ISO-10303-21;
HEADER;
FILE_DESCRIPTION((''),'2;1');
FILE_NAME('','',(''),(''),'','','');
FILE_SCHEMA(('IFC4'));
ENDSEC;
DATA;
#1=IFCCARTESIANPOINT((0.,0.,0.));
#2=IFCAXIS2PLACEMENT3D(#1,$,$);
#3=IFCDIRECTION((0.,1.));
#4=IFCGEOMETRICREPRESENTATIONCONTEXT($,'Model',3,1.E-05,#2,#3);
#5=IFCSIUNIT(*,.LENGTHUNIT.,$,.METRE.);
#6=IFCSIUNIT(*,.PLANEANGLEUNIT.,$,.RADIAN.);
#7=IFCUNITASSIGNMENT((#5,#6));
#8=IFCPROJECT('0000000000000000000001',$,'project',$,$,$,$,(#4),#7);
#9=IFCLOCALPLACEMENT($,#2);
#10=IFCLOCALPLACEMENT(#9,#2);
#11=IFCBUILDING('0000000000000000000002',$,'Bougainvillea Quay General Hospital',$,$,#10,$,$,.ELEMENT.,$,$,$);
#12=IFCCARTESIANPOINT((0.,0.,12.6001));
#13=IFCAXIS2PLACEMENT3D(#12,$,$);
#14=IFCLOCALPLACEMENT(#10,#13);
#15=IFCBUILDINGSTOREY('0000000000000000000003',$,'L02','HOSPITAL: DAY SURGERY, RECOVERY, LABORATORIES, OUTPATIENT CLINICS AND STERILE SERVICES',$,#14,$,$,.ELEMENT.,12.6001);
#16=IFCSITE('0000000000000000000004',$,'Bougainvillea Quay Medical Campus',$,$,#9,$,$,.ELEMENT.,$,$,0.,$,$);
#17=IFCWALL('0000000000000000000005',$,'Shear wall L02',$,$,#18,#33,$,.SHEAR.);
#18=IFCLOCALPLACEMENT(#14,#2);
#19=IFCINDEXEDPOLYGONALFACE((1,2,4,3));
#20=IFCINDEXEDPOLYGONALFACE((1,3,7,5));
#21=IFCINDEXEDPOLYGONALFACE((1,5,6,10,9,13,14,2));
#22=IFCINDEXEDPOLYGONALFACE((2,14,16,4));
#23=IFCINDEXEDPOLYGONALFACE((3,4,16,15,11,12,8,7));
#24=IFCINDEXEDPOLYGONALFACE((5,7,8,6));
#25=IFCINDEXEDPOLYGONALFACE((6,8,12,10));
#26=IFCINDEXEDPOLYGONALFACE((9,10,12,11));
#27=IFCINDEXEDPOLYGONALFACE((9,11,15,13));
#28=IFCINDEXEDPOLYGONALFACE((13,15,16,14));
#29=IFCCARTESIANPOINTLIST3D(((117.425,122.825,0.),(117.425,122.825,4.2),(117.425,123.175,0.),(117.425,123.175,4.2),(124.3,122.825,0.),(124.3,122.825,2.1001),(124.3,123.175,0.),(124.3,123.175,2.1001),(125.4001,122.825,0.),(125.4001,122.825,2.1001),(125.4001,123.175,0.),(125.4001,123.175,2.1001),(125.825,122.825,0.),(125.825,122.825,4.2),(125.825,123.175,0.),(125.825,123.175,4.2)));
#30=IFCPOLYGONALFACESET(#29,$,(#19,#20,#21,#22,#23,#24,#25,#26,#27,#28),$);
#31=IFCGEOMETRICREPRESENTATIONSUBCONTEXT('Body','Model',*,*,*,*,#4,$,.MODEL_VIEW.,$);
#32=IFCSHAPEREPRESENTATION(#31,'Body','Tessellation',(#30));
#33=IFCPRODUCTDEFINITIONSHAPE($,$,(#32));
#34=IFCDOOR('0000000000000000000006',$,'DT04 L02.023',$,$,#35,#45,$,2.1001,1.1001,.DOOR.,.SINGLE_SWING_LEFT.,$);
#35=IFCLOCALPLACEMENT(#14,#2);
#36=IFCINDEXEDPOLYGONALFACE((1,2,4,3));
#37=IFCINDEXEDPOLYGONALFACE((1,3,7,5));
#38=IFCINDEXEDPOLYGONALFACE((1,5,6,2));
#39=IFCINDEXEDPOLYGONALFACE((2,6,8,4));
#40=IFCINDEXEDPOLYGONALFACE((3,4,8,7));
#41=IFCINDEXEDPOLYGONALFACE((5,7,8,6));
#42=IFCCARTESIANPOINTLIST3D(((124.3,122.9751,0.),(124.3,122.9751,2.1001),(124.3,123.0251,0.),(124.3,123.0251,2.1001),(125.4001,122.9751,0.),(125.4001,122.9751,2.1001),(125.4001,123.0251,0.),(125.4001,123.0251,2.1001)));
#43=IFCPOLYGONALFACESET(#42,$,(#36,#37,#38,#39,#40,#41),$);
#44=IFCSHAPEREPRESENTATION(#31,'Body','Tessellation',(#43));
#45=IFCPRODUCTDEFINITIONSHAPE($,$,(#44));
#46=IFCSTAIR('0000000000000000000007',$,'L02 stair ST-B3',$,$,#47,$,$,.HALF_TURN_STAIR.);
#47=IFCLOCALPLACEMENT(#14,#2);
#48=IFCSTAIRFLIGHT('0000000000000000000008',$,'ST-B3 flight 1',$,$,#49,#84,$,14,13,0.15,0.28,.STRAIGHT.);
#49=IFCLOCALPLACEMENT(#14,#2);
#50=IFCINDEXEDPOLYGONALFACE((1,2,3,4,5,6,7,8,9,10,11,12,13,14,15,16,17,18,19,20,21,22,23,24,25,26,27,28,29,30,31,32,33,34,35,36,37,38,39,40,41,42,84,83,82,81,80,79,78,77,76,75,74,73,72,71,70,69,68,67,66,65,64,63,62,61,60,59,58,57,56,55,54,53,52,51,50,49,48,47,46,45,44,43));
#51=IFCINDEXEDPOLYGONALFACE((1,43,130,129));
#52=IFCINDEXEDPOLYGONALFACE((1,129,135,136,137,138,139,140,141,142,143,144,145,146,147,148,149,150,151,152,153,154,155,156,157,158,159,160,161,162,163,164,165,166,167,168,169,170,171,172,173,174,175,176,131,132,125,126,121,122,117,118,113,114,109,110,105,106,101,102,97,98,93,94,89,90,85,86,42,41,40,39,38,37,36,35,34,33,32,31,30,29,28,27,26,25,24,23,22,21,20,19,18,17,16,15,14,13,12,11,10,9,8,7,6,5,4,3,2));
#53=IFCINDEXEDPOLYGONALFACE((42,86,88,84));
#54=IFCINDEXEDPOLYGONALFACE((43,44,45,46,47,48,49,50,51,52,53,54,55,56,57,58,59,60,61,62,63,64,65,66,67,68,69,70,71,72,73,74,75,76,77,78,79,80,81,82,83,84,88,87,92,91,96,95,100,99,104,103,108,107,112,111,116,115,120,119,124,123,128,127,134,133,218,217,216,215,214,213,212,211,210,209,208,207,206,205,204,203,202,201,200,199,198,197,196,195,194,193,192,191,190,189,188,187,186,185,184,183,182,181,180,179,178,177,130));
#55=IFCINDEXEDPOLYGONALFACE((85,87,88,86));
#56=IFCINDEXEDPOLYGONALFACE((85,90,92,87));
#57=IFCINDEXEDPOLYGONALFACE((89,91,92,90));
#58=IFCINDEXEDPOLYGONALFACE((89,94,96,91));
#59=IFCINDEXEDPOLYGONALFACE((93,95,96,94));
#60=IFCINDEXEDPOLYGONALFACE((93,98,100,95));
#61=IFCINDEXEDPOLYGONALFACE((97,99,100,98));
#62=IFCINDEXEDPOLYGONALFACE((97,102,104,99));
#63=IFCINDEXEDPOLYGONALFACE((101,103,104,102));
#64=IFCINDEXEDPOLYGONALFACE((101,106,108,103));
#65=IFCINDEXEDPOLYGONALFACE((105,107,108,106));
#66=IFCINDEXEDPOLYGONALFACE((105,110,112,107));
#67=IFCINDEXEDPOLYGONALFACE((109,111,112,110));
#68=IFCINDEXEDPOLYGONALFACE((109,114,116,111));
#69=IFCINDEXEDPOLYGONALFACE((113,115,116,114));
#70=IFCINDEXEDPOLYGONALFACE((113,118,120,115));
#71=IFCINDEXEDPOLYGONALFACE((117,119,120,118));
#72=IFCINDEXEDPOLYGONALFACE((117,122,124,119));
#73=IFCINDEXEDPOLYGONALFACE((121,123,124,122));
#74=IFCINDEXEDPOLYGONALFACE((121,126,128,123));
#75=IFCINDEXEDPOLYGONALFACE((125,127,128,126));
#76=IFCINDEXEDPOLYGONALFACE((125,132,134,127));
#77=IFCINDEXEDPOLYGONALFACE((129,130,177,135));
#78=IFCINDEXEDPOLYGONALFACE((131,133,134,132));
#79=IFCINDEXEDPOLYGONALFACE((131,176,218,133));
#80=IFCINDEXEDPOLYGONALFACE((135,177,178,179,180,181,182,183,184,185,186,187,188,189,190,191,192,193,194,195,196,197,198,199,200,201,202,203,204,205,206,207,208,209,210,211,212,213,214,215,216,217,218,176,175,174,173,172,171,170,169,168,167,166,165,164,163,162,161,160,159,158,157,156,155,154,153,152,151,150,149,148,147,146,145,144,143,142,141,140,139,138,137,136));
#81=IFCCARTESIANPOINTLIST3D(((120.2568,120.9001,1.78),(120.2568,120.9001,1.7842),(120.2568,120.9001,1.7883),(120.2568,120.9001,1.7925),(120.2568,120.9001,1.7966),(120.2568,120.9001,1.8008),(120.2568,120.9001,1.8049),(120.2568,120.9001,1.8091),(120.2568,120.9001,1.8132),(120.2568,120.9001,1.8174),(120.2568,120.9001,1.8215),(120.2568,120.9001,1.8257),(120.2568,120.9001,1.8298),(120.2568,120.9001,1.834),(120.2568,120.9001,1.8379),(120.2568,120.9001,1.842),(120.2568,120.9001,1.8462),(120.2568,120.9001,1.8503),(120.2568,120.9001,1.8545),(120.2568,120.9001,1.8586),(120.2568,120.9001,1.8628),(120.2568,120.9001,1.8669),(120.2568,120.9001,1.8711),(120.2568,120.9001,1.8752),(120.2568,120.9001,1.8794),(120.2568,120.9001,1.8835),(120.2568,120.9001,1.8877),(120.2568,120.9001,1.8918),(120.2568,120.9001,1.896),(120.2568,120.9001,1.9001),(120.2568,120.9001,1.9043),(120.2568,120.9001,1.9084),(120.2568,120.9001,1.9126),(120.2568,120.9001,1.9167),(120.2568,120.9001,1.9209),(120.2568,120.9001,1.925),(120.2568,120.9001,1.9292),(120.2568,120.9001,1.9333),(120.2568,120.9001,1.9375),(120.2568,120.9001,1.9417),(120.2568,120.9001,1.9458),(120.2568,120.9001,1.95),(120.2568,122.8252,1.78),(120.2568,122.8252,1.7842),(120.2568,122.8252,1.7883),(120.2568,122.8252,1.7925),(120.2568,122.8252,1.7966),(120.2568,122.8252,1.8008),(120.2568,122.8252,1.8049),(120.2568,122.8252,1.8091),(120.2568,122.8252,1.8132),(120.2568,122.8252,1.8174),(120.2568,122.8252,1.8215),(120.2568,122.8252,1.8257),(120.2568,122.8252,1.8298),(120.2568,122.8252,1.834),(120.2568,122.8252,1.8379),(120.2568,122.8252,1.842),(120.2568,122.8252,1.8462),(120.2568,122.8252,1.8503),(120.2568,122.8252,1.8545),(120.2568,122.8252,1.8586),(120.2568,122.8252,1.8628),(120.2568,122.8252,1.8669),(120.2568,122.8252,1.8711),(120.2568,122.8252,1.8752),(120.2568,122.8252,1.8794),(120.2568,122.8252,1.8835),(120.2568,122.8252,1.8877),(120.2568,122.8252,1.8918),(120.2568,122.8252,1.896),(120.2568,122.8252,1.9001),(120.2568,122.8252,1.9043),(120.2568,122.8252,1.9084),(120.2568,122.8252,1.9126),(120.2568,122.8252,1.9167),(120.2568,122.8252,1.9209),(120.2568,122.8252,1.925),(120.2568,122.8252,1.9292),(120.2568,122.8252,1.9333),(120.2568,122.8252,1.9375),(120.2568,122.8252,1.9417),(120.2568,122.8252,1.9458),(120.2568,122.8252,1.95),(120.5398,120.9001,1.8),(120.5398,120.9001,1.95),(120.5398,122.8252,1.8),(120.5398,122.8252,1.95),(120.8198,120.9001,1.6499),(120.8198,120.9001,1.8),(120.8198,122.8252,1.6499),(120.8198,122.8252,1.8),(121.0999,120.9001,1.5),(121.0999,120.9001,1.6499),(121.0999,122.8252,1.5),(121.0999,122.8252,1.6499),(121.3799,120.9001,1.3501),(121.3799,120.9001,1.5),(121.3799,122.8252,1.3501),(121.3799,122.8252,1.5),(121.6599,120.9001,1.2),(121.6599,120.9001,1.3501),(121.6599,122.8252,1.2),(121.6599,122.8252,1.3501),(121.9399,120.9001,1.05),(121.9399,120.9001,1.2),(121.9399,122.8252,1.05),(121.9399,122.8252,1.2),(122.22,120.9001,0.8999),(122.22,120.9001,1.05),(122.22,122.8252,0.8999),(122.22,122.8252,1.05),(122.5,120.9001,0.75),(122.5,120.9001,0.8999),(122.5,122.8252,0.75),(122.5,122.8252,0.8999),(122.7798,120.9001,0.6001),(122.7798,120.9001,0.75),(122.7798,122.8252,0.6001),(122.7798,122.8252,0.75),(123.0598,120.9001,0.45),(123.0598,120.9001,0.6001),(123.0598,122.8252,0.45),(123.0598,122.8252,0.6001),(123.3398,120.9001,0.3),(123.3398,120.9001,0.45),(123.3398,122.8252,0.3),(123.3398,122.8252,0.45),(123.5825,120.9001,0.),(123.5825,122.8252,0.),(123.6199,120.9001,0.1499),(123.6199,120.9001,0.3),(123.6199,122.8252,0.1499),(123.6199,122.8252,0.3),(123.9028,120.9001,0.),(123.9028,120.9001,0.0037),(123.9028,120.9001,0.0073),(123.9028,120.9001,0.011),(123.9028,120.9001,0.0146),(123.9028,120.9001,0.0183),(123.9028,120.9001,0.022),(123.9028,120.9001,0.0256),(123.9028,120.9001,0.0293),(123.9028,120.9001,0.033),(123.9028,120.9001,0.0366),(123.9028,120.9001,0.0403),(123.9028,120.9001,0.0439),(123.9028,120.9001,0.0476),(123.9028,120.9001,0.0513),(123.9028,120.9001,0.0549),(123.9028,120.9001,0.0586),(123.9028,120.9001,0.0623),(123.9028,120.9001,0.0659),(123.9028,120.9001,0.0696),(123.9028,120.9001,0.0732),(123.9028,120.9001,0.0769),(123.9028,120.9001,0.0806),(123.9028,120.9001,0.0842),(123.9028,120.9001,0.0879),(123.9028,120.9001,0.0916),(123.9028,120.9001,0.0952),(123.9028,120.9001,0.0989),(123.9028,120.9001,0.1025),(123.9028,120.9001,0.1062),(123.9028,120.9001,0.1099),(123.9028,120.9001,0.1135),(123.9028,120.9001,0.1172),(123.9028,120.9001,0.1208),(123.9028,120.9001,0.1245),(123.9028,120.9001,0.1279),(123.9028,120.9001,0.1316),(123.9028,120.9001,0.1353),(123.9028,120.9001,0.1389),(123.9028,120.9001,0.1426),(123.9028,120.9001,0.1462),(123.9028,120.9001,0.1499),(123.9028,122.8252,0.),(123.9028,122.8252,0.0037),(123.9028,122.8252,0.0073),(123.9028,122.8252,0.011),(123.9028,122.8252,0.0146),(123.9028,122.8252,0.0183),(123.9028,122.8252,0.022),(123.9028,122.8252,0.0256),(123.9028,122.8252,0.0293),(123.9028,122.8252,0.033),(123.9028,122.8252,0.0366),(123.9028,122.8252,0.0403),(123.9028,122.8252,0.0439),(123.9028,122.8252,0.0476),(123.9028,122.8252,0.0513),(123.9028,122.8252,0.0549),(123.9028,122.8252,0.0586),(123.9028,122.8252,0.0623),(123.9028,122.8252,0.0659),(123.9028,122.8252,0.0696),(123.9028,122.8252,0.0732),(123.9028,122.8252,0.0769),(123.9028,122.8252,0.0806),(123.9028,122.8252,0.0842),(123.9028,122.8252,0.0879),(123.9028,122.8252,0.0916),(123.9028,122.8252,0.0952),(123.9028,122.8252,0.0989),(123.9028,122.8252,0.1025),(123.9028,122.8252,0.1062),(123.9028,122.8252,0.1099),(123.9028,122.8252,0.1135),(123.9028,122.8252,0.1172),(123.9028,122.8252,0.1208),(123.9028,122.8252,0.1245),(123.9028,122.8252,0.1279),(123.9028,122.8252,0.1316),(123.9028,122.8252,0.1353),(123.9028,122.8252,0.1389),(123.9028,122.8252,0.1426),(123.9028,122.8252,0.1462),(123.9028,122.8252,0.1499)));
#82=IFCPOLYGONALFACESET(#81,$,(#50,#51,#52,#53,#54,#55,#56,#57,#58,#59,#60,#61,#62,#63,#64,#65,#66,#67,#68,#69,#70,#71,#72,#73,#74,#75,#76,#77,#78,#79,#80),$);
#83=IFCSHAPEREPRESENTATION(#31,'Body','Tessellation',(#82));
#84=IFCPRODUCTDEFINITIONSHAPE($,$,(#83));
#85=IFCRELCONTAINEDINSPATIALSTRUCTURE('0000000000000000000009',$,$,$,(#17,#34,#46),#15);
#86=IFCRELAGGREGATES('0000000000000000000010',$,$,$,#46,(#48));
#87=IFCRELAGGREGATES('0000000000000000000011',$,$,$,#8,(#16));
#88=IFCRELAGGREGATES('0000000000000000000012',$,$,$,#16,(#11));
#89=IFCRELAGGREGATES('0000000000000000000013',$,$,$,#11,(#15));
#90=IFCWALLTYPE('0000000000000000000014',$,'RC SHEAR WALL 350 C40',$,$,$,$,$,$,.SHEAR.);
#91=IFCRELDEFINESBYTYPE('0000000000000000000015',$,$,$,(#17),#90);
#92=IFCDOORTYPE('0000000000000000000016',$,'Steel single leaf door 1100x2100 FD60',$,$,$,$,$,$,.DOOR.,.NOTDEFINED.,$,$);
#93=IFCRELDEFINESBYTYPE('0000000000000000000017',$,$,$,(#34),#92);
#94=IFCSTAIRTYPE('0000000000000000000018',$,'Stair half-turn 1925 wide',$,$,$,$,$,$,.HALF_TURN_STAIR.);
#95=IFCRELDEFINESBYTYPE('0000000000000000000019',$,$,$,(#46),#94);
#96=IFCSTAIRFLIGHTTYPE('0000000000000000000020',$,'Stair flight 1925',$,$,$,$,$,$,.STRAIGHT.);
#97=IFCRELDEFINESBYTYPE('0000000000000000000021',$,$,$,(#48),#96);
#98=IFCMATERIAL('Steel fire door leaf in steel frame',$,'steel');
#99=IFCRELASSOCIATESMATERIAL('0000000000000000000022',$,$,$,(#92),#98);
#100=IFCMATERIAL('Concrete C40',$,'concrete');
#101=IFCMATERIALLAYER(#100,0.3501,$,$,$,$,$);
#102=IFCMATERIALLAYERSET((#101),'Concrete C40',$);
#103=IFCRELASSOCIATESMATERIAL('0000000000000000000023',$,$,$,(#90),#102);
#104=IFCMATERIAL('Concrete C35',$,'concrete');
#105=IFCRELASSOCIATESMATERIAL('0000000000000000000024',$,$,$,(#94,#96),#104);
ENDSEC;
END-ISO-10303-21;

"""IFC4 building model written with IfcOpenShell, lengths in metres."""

from ifc_helpers import new_model, si_unit, direction, frame, frame_2d, origin, place, context, subcontext, project, spatial, polyline, rectangle, outline, extrude, material, layer, layer_set, type_object, element, fill, aggregate, save


model = new_model("IFC4")

# Units and contexts
model_context = context("Model", 3, precision=1e-05, world=origin(), true_north=direction((0.0, 1.0)))
body_context = subcontext(model_context, "Body", "Model", "MODEL_VIEW")
ifc_project = project(units=[si_unit("LENGTHUNIT", "METRE"), si_unit("PLANEANGLEUNIT", "RADIAN")], contexts=[model_context])

# Site, building, storey
site_placement = place(None, origin())
site = spatial("IfcSite", under=ifc_project, at=site_placement, Name="Bougainvillea Quay Medical Campus", CompositionType="ELEMENT", RefElevation=0.0)
building_placement = place(site_placement, origin())
building = spatial("IfcBuilding", under=site, at=building_placement, Name="Bougainvillea Quay General Hospital", CompositionType="ELEMENT")
storey_placement = place(building_placement, frame((0.0, 0.0, 12.6001)))
storey = spatial("IfcBuildingStorey", under=building, at=storey_placement, Name="L02", Description="HOSPITAL: DAY SURGERY, RECOVERY, LABORATORIES, OUTPATIENT CLINICS AND STERILE SERVICES", CompositionType="ELEMENT", Elevation=12.6001)

# Shared definitions
ifc_material_1 = material(Name="Concrete C40", Category="concrete")

# Shared definitions
ifc_material_2 = material(Name="Steel fire door leaf in steel frame", Category="steel")
door_type_1 = type_object("IfcDoorType", Name="Steel single leaf door 1100x2100 FD60", OperationType="NOTDEFINED", PredefinedType="DOOR", material=ifc_material_2)

# Wall, opening, door
ifc_layer_1 = layer(ifc_material_1, 0.3501)
ifc_layer_set_1 = layer_set([ifc_layer_1], Name="Concrete C40")
wall_type_1 = type_object("IfcWallType", Name="RC SHEAR WALL 350 C40", PredefinedType="SHEAR", material=ifc_layer_set_1)
wall_1_placement = place(storey_placement, frame((117.425, 123.0, 0.0), z_axis=(0.0, 0.0, 1.0), x_axis=(1.0, 0.0, 0.0)))
wall_1 = element("IfcWall", 1, at=wall_1_placement, inside=storey, type_object=wall_type_1, Name="Shear wall L02", PredefinedType="SHEAR", context=body_context, shape_type="SweptSolid", body=[
    extrude(rectangle(XDim=8.3999, YDim=0.3501, at=frame_2d((4.2, 0.0))), origin(), (0.0, 0.0, 1.0), 4.2),
])
opening_1_placement = place(wall_1_placement, frame((6.875, 0.0, 0.0)))
opening_1 = element("IfcOpeningElement", 2, at=opening_1_placement, cuts=wall_1, PredefinedType="OPENING", context=body_context, shape_type="SweptSolid", body=[
    extrude(rectangle(XDim=1.1001, YDim=2.1001, at=frame_2d((0.55, 1.05))), frame((0.0, 0.1851, 0.0), z_axis=(0.0, -1.0, 0.0), x_axis=(1.0, 0.0, 0.0)), (0.0, 0.0, 1.0), 0.3701),
])
door_1_placement = place(opening_1_placement, frame((1.1001, 0.0, 0.0), z_axis=(0.0, 0.0, 1.0), x_axis=(-1.0, 0.0, 0.0)))
door_1 = element("IfcDoor", 3, at=door_1_placement, inside=storey, type_object=door_type_1, Name="DT04 L02.023", OperationType="SINGLE_SWING_LEFT", OverallHeight=2.1001, OverallWidth=1.1001, PredefinedType="DOOR", context=body_context, shape_type="SweptSolid", body=[
    extrude(rectangle(XDim=1.1001, YDim=2.1001, at=frame_2d((0.55, 1.05))), frame((0.0, 0.0249, 0.0), z_axis=(0.0, -1.0, 0.0), x_axis=(1.0, 0.0, 0.0)), (0.0, 0.0, 1.0), 0.05),
])
fill(opening_1, door_1)

# Stair, stair flight
ifc_material_3 = material(Name="Concrete C35", Category="concrete")
stair_type = type_object("IfcStairType", Name="Stair half-turn 1925 wide", PredefinedType="HALF_TURN_STAIR", material=ifc_material_3)
stair_placement = place(storey_placement, origin())
stair = element("IfcStair", 4, at=stair_placement, inside=storey, type_object=stair_type, Name="L02 stair ST-B3", PredefinedType="HALF_TURN_STAIR")
stair_flight_type = type_object("IfcStairFlightType", Name="Stair flight 1925", PredefinedType="STRAIGHT", material=ifc_material_3)
stair_flight_1_placement = place(storey_placement, frame((123.8999, 121.8625, 0.0), z_axis=(0.0, 0.0, 1.0), x_axis=(-1.0, 0.0, 0.0)))
stair_flight_1 = element("IfcStairFlight", 5, at=stair_flight_1_placement, type_object=stair_flight_type, Name="ST-B3 flight 1", NumberOfRisers=14, NumberOfTreads=13, PredefinedType="STRAIGHT", RiserHeight=0.15, TreadLength=0.28, context=body_context, shape_type="SweptSolid", body=[
    extrude(outline(polyline([(-0.0029, 0.0), (-0.0029, 0.0037), (-0.0029, 0.0073), (-0.0029, 0.011), (-0.0029, 0.0146), (-0.0029, 0.0183), (-0.0029, 0.022), (-0.0029, 0.0256), (-0.0029, 0.0293), (-0.0029, 0.033), (-0.0029, 0.0366), (-0.0029, 0.0403), (-0.0029, 0.0439), (-0.0029, 0.0476), (-0.0029, 0.0513), (-0.0029, 0.0549), (-0.0029, 0.0586), (-0.0029, 0.0623), (-0.0029, 0.0659), (-0.0029, 0.0696), (-0.0029, 0.0732), (-0.0029, 0.0769), (-0.0029, 0.0806), (-0.0029, 0.0842), (-0.0029, 0.0879), (-0.0029, 0.0916), (-0.0029, 0.0952), (-0.0029, 0.0989), (-0.0029, 0.1025), (-0.0029, 0.1062), (-0.0029, 0.1099), (-0.0029, 0.1135), (-0.0029, 0.1172), (-0.0029, 0.1208), (-0.0029, 0.1245), (-0.0029, 0.1279), (-0.0029, 0.1316), (-0.0029, 0.1353), (-0.0029, 0.1389), (-0.0029, 0.1426), (-0.0029, 0.1462), (-0.0029, 0.1499), (0.28, 0.1499), (0.28, 0.3), (0.5601, 0.3), (0.5601, 0.45), (0.8401, 0.45), (0.8401, 0.6001), (1.1201, 0.6001), (1.1201, 0.75), (1.3999, 0.75), (1.3999, 0.8999), (1.6799, 0.8999), (1.6799, 1.05), (1.96, 1.05), (1.96, 1.2), (2.24, 1.2), (2.24, 1.3501), (2.52, 1.3501), (2.52, 1.5), (2.8, 1.5), (2.8, 1.6499), (3.0801, 1.6499), (3.0801, 1.8), (3.3601, 1.8), (3.3601, 1.95), (3.6431, 1.95), (3.6431, 1.9458), (3.6431, 1.9417), (3.6431, 1.9375), (3.6431, 1.9333), (3.6431, 1.9292), (3.6431, 1.925), (3.6431, 1.9209), (3.6431, 1.9167), (3.6431, 1.9126), (3.6431, 1.9084), (3.6431, 1.9043), (3.6431, 1.9001), (3.6431, 1.896), (3.6431, 1.8918), (3.6431, 1.8877), (3.6431, 1.8835), (3.6431, 1.8794), (3.6431, 1.8752), (3.6431, 1.8711), (3.6431, 1.8669), (3.6431, 1.8628), (3.6431, 1.8586), (3.6431, 1.8545), (3.6431, 1.8503), (3.6431, 1.8462), (3.6431, 1.842), (3.6431, 1.8379), (3.6431, 1.834), (3.6431, 1.8298), (3.6431, 1.8257), (3.6431, 1.8215), (3.6431, 1.8174), (3.6431, 1.8132), (3.6431, 1.8091), (3.6431, 1.8049), (3.6431, 1.8008), (3.6431, 1.7966), (3.6431, 1.7925), (3.6431, 1.7883), (3.6431, 1.7842), (3.6431, 1.78), (0.3174, 0.0), (-0.0029, 0.0)])), frame((0.0, 0.9624, 0.0), z_axis=(0.0, -1.0, 0.0), x_axis=(1.0, 0.0, 0.0)), (0.0, 0.0, 1.0), 1.925),
])
aggregate(stair, [stair_flight_1])

save(model, "model.ifc")
